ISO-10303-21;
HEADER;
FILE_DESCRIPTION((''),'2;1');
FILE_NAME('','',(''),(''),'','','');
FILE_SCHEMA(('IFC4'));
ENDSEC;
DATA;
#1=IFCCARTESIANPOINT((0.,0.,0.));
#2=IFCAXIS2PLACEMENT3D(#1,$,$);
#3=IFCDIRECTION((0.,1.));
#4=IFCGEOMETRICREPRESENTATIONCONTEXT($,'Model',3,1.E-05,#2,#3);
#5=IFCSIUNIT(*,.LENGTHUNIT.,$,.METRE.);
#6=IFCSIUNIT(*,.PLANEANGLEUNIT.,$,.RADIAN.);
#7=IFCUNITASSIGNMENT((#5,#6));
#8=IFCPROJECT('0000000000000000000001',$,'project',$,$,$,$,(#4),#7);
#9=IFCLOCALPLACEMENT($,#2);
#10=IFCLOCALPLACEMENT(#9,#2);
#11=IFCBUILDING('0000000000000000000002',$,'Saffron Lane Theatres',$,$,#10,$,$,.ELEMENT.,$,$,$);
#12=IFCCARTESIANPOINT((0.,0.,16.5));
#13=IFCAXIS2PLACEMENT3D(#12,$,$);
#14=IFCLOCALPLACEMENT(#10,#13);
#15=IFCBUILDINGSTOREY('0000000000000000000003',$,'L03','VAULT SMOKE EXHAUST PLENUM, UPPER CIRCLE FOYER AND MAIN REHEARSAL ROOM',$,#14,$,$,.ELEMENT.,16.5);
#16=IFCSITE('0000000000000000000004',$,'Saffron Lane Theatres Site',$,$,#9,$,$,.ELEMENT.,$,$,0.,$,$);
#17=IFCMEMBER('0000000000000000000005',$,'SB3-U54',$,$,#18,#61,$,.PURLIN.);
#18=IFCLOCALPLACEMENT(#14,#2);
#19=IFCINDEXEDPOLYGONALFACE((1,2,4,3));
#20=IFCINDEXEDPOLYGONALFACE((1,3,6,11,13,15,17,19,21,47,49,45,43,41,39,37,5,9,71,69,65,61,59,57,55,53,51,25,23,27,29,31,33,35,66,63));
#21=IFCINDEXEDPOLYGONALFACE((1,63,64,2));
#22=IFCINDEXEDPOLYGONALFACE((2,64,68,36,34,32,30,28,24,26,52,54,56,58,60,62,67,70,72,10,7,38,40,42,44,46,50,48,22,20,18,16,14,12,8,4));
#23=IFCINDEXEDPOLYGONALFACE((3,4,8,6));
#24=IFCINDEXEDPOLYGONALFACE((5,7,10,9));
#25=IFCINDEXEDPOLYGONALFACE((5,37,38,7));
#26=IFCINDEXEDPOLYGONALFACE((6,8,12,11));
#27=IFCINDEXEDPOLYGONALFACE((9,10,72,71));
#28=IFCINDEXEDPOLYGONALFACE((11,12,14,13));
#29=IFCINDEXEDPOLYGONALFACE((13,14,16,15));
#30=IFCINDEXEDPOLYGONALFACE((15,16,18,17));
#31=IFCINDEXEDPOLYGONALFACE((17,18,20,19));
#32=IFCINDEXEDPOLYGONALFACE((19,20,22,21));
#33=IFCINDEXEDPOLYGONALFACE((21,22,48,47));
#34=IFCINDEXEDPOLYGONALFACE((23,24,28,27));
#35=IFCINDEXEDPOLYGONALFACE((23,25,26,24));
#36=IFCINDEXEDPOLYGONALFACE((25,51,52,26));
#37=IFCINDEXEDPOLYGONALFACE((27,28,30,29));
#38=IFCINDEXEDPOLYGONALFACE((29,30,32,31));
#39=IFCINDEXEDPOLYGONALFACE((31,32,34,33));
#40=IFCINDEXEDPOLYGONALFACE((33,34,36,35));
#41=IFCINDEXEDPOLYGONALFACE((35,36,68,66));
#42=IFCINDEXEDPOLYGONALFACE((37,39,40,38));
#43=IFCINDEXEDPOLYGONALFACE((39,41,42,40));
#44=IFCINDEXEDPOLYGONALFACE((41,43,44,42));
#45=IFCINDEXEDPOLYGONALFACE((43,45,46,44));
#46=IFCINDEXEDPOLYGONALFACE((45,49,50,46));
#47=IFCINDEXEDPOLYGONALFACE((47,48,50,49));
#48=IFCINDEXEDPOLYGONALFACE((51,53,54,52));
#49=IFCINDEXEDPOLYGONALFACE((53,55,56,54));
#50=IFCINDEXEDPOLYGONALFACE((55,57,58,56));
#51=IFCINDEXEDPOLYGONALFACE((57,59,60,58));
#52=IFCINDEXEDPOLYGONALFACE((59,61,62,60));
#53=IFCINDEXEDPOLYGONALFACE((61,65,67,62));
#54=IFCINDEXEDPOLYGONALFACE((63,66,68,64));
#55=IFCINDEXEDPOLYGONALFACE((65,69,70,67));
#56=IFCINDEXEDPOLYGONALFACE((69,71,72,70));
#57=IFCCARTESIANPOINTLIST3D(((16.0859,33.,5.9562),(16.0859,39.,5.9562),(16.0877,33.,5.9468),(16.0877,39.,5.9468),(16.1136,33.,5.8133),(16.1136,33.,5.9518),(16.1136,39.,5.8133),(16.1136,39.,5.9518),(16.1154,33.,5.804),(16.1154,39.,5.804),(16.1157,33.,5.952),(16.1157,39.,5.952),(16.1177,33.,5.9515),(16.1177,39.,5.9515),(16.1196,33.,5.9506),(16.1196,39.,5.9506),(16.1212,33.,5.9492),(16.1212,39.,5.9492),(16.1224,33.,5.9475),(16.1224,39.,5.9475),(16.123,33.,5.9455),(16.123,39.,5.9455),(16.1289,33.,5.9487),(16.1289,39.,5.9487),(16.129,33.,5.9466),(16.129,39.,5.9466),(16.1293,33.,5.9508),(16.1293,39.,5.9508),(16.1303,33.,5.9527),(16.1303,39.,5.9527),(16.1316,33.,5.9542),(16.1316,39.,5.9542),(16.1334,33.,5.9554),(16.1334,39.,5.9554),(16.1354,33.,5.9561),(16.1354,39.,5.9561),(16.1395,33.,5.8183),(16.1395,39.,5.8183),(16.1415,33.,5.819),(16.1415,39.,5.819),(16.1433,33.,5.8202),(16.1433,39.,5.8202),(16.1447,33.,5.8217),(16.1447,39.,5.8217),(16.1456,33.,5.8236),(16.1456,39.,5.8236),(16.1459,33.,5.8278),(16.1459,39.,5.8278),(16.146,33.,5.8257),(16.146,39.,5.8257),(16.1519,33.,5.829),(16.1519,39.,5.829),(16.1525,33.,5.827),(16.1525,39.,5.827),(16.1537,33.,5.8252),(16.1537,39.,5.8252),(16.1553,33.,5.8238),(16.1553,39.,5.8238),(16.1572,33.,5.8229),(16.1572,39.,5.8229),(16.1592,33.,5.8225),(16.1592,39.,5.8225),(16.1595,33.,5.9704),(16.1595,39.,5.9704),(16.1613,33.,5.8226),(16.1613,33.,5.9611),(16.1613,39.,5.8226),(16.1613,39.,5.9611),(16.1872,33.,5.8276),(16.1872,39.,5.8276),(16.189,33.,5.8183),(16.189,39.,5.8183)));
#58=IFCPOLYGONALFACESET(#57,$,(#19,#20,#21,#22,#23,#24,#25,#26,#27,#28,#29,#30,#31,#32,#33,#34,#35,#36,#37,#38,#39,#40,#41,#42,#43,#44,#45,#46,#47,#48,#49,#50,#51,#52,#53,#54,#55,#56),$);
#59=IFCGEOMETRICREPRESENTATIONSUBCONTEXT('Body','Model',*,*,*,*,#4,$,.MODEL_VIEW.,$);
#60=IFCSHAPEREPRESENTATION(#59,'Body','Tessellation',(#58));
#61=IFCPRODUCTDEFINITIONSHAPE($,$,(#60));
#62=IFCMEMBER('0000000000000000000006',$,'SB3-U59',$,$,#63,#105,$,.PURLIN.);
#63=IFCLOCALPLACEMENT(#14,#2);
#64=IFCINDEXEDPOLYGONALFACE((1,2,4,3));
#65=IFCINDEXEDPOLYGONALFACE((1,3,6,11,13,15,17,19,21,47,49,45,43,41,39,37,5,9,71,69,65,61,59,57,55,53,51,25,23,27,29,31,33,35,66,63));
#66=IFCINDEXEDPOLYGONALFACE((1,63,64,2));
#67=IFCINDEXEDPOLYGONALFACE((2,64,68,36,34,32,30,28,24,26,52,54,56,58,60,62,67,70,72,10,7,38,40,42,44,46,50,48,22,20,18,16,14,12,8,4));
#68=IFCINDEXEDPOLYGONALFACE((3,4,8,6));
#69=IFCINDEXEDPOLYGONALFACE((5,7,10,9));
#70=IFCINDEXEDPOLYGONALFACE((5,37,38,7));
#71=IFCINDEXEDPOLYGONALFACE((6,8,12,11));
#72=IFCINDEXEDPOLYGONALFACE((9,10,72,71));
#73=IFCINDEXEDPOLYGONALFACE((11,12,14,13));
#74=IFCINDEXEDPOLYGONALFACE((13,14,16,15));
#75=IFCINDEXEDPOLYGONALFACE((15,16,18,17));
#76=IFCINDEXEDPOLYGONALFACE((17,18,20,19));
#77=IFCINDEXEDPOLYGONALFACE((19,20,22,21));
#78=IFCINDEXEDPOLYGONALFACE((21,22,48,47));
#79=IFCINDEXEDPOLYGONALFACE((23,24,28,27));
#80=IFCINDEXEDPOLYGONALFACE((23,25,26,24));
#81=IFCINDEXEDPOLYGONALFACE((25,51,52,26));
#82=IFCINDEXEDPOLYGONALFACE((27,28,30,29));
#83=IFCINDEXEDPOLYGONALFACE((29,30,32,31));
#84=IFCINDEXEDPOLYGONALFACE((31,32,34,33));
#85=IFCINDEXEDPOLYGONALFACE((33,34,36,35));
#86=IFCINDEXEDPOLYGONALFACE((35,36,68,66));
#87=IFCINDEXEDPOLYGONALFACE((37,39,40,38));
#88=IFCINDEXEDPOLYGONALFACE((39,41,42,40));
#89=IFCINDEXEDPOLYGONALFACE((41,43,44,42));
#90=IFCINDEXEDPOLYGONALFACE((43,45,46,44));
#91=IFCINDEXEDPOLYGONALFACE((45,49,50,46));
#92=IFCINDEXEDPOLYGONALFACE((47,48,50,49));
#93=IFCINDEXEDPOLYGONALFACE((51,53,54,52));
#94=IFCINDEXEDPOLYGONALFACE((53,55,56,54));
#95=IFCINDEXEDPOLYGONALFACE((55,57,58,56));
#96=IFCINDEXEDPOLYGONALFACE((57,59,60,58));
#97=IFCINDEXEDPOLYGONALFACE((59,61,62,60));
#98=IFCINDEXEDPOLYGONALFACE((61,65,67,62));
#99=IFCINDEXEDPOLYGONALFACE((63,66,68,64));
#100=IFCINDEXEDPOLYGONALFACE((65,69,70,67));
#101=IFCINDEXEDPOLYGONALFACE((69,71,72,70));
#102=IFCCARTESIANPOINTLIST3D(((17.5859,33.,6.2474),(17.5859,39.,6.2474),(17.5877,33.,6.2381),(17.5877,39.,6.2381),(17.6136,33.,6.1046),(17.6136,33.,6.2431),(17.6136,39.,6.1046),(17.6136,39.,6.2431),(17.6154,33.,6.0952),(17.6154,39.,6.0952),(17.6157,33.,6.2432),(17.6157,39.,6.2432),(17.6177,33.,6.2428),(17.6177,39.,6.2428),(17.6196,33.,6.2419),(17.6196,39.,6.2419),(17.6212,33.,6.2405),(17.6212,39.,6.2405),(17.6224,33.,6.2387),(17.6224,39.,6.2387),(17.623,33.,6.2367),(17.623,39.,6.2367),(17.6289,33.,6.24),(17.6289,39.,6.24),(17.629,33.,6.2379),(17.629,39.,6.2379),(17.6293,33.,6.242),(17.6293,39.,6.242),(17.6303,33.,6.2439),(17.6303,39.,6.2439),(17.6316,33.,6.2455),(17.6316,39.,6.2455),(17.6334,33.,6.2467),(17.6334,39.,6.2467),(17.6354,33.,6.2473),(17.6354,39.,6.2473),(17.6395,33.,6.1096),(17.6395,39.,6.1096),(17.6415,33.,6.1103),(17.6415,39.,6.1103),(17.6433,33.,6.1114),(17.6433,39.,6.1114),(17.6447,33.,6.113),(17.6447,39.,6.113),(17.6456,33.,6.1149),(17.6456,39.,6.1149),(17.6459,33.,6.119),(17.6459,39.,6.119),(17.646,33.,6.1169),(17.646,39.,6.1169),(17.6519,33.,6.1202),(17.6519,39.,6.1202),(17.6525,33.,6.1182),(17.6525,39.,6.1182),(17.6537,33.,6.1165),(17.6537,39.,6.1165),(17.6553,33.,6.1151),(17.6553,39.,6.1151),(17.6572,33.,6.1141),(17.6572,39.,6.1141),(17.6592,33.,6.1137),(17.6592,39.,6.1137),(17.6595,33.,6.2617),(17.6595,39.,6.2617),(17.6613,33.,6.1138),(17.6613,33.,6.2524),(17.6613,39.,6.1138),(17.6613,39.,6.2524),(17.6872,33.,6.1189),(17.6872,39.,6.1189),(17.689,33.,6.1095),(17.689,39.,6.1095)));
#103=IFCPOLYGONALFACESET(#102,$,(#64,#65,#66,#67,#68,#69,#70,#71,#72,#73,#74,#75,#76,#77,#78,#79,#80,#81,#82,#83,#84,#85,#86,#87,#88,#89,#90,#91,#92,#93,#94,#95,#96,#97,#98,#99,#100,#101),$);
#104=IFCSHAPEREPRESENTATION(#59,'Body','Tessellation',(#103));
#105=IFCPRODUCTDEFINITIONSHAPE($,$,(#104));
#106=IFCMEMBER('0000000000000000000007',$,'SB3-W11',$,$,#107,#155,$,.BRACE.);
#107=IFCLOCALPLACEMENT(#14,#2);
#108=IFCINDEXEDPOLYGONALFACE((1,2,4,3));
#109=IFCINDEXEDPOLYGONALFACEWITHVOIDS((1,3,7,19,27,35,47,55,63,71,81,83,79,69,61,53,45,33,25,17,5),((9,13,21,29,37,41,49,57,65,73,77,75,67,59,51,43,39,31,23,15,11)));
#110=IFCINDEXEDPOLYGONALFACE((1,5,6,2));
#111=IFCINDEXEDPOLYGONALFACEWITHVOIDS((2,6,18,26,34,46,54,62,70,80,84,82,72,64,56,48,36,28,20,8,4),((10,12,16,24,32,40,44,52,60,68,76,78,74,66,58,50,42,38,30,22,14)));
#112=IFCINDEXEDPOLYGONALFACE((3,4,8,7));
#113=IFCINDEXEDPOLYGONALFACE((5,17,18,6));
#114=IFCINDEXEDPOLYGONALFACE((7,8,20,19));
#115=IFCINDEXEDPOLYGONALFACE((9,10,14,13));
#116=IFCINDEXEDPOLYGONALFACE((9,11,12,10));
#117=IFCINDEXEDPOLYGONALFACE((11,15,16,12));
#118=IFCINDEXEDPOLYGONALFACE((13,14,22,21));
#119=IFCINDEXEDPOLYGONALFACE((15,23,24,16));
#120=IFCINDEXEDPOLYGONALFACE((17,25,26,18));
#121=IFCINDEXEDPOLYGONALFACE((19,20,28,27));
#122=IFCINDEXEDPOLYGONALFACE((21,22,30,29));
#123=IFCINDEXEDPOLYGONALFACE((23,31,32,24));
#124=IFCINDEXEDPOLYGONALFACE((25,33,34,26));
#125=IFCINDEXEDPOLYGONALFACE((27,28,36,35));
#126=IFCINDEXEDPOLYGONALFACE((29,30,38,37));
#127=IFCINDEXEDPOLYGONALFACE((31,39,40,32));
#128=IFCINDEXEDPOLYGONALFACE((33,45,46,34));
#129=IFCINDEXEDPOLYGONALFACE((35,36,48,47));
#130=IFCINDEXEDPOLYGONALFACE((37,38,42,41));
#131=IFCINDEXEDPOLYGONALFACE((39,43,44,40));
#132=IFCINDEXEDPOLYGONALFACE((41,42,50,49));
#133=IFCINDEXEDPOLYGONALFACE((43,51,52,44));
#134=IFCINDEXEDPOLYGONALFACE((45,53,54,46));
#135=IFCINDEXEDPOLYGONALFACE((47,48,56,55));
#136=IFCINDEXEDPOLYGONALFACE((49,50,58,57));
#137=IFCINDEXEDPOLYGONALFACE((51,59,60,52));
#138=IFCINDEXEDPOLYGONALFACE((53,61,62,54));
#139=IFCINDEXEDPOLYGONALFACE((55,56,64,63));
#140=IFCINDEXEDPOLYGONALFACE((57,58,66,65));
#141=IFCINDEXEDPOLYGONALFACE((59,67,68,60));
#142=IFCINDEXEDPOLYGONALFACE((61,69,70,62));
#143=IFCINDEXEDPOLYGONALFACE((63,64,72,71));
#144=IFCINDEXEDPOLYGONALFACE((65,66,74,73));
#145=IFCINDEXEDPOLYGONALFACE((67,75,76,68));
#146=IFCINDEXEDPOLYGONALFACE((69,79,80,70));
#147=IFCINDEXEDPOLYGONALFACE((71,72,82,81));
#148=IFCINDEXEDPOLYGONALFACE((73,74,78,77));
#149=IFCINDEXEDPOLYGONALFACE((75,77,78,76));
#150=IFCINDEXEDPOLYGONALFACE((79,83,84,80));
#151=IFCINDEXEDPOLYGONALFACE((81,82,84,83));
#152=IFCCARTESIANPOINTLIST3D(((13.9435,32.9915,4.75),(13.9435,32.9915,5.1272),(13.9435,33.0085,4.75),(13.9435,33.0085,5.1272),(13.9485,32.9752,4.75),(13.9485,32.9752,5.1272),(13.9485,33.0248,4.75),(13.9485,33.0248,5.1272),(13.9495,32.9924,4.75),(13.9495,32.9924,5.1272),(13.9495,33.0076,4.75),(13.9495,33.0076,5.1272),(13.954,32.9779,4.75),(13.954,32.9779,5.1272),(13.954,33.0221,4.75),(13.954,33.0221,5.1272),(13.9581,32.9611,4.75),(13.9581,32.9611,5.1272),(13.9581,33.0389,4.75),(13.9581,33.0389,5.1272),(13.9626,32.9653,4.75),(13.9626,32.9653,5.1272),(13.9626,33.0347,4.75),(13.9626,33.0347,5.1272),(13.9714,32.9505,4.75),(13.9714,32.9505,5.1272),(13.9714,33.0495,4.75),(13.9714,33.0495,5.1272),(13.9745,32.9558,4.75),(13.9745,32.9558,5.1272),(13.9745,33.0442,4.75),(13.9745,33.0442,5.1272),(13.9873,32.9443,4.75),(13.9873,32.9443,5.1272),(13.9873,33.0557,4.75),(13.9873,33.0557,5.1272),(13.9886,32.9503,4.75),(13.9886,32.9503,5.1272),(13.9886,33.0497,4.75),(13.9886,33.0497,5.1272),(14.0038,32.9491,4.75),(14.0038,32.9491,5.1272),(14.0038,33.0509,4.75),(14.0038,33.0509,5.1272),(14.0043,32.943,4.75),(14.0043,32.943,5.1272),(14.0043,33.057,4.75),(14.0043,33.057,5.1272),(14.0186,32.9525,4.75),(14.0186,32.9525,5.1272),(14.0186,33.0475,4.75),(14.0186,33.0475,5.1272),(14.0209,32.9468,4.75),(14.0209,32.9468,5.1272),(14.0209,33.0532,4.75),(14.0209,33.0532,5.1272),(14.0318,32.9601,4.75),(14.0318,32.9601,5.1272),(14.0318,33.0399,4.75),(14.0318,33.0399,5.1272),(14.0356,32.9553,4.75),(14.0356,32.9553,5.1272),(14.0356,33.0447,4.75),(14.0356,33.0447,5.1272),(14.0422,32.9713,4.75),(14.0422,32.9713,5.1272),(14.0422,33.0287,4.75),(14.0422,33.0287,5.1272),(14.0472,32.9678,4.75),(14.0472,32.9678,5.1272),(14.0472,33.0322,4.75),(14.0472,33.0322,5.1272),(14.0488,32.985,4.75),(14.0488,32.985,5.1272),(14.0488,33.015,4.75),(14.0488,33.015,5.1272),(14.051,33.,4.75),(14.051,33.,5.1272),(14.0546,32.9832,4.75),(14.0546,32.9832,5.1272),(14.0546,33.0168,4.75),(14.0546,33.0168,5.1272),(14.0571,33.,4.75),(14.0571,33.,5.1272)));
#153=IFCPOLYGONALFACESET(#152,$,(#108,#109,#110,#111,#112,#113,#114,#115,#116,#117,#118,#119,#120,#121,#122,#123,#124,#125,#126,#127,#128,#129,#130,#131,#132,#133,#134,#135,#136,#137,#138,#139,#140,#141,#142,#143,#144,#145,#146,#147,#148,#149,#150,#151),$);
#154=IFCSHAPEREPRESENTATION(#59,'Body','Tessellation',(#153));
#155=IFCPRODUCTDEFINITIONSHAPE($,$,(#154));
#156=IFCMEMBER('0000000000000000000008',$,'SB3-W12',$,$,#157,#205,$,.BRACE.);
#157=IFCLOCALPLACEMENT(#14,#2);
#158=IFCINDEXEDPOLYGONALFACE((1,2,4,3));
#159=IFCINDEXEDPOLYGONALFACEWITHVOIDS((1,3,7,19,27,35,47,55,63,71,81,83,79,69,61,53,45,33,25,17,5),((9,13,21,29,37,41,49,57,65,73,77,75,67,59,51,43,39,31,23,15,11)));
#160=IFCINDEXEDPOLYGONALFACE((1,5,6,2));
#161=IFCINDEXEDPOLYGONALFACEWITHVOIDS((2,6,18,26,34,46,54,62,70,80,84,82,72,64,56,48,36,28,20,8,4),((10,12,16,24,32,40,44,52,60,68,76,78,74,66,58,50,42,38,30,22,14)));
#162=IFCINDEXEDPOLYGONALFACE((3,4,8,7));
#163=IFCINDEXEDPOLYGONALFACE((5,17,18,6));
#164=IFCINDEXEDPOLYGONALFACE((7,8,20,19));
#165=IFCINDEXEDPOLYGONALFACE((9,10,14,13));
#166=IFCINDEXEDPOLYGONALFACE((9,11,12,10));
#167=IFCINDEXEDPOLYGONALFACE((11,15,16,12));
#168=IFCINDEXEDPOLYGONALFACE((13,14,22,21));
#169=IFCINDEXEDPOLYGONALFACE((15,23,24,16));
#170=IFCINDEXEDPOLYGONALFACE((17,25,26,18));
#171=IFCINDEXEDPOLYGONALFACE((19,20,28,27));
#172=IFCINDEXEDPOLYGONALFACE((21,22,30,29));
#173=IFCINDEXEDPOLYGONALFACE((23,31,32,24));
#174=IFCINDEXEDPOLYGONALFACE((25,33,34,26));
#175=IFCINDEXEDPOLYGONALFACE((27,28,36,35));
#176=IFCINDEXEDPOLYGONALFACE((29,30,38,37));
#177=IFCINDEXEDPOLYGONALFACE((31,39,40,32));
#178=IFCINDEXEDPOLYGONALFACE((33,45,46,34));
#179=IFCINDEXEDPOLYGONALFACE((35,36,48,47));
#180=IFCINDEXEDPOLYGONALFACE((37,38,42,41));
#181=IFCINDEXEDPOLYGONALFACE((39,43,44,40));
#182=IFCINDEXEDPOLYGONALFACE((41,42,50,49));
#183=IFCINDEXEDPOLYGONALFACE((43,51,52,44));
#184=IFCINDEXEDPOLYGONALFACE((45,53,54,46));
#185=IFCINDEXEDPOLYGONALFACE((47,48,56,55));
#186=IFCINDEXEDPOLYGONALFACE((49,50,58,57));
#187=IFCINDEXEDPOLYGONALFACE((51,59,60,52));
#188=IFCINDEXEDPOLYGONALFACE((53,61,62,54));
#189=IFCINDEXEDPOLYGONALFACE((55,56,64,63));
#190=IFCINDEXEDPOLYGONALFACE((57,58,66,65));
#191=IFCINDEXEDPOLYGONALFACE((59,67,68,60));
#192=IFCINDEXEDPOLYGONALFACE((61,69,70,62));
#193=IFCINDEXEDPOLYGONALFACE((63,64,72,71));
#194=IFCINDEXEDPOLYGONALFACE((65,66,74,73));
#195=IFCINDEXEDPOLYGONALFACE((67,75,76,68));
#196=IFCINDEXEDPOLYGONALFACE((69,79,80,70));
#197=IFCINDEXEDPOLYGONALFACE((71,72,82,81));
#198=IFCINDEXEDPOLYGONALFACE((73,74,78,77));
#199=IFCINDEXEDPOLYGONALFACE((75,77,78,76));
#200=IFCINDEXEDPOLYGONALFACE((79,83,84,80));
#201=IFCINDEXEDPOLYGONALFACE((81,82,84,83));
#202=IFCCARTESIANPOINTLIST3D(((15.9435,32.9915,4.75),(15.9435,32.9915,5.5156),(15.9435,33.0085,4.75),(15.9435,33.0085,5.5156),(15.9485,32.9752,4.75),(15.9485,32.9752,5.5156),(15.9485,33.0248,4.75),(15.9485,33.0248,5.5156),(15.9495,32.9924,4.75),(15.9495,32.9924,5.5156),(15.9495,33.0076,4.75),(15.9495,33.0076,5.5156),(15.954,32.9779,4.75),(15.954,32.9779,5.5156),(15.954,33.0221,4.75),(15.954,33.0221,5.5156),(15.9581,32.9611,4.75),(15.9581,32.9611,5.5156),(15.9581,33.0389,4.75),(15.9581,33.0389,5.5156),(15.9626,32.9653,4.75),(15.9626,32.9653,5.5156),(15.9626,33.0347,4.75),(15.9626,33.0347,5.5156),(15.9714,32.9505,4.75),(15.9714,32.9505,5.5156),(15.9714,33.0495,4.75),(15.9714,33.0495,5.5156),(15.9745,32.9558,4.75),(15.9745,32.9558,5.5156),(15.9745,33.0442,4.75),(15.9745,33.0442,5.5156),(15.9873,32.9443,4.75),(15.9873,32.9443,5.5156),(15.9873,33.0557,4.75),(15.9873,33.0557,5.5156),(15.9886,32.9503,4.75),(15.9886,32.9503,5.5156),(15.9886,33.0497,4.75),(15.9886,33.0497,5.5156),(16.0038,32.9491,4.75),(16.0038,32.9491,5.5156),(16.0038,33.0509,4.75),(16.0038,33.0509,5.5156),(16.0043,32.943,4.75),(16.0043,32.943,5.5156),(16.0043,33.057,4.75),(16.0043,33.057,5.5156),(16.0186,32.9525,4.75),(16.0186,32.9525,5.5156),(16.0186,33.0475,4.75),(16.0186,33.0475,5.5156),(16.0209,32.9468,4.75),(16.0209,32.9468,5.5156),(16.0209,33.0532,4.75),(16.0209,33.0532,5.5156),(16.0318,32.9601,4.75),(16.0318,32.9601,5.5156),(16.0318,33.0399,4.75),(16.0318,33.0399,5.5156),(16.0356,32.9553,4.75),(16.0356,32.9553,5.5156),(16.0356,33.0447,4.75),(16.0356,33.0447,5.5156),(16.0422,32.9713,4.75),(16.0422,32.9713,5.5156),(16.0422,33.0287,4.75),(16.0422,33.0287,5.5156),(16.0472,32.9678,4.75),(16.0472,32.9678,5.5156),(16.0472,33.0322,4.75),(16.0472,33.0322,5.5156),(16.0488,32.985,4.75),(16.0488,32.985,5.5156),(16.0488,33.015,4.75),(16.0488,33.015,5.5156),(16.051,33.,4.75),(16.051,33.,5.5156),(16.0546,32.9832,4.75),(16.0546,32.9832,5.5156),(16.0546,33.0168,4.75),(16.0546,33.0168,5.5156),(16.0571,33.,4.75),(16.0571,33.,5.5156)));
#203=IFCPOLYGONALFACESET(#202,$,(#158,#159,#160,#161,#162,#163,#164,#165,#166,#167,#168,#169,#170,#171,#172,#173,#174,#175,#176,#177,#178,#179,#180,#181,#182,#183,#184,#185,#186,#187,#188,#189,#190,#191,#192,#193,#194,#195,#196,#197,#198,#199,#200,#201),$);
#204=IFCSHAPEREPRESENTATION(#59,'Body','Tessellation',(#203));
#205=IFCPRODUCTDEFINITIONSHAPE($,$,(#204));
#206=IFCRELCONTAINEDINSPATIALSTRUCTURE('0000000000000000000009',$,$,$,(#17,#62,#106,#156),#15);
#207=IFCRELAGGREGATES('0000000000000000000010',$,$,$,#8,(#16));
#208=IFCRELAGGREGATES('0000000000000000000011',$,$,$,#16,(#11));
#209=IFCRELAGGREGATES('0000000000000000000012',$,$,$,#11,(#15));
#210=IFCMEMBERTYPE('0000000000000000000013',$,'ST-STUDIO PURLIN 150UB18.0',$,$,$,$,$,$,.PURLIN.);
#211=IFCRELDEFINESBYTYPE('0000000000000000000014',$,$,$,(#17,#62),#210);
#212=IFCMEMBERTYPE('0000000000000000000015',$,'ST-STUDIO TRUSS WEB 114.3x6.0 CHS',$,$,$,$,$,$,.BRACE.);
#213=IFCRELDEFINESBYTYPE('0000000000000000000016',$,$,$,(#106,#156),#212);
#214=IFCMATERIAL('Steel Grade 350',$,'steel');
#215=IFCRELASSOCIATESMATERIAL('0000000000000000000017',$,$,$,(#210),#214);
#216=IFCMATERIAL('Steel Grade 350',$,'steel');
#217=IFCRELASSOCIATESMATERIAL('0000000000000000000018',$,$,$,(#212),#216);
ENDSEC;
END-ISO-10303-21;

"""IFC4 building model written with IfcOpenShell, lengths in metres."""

from ifc_helpers import new_model, si_unit, direction, frame, origin, origin_2d, place, context, subcontext, project, spatial, hollow_circle, i_section, extrude, material, material_profile, profile_set, type_object, element, save


model = new_model("IFC4")

# Units and contexts
model_context = context("Model", 3, precision=1e-05, world=origin(), true_north=direction((0.0, 1.0)))
body_context = subcontext(model_context, "Body", "Model", "MODEL_VIEW")
ifc_project = project(units=[si_unit("LENGTHUNIT", "METRE"), si_unit("PLANEANGLEUNIT", "RADIAN")], contexts=[model_context])

# Site, building, storey
site_placement = place(None, origin())
site = spatial("IfcSite", under=ifc_project, at=site_placement, Name="Saffron Lane Theatres Site", CompositionType="ELEMENT", RefElevation=0.0)
building_placement = place(site_placement, origin())
building = spatial("IfcBuilding", under=site, at=building_placement, Name="Saffron Lane Theatres", CompositionType="ELEMENT")
storey_placement = place(building_placement, frame((0.0, 0.0, 16.5)))
storey = spatial("IfcBuildingStorey", under=building, at=storey_placement, Name="L03", Description="VAULT SMOKE EXHAUST PLENUM, UPPER CIRCLE FOYER AND MAIN REHEARSAL ROOM", CompositionType="ELEMENT", Elevation=16.5)

# Members
ifc_material_1 = material(Name="Steel Grade 350", Category="steel")
ifc_material_profile_1 = material_profile(ifc_material_1, i_section(OverallWidth=0.075, OverallDepth=0.155, WebThickness=0.0061, FlangeThickness=0.0095, FilletRadius=0.0081, at=origin_2d()))
ifc_profile_set_1 = profile_set([ifc_material_profile_1], Name="Steel Grade 350")
member_type_1 = type_object("IfcMemberType", Name="ST-STUDIO PURLIN 150UB18.0", PredefinedType="PURLIN", material=ifc_profile_set_1)
for number, where, z_axis, x_axis, name in (
    (1, (16.1375, 33.0, 5.8872), (0.0, 1.0, 0.0), (-0.981661, 0.0, -0.190637), "SB3-U54"),
    (2, (17.6375, 33.0, 6.1785), (0.0, 1.0, 0.0), (-0.981661, 0.0, -0.190637), "SB3-U59"),
):
    element("IfcMember", number, at=place(storey_placement, frame(where, z_axis=z_axis, x_axis=x_axis)), inside=storey, type_object=member_type_1, Name=name, PredefinedType="PURLIN", context=body_context, shape_type="SweptSolid", body=[
        extrude(i_section(OverallWidth=0.075, OverallDepth=0.155, WebThickness=0.0061, FlangeThickness=0.0095, FilletRadius=0.0081, at=origin_2d()), origin(), (0.0, 0.0, 1.0), 6.0),
    ])
ifc_material_2 = material(Name="Steel Grade 350", Category="steel")
ifc_material_profile_2 = material_profile(ifc_material_2, hollow_circle(Radius=0.0571, WallThickness=0.0061, at=origin_2d()))
ifc_profile_set_2 = profile_set([ifc_material_profile_2], Name="Steel Grade 350")
member_type_2 = type_object("IfcMemberType", Name="ST-STUDIO TRUSS WEB 114.3x6.0 CHS", PredefinedType="BRACE", material=ifc_profile_set_2)
member_1_placement = place(storey_placement, frame((14.0, 33.0, 4.75), z_axis=(0.0, 0.0, 1.0), x_axis=(1.0, 0.0, 0.0)))
element("IfcMember", 3, at=member_1_placement, inside=storey, type_object=member_type_2, Name="SB3-W11", PredefinedType="BRACE", context=body_context, shape_type="SweptSolid", body=[
    extrude(hollow_circle(Radius=0.0571, WallThickness=0.0061, at=origin_2d()), origin(), (0.0, 0.0, 1.0), 0.3772),
])
member_2_placement = place(storey_placement, frame((16.0, 33.0, 4.75), z_axis=(0.0, 0.0, 1.0), x_axis=(1.0, 0.0, 0.0)))
element("IfcMember", 4, at=member_2_placement, inside=storey, type_object=member_type_2, Name="SB3-W12", PredefinedType="BRACE", context=body_context, shape_type="SweptSolid", body=[
    extrude(hollow_circle(Radius=0.0571, WallThickness=0.0061, at=origin_2d()), origin(), (0.0, 0.0, 1.0), 0.7656),
])

save(model, "model.ifc")
